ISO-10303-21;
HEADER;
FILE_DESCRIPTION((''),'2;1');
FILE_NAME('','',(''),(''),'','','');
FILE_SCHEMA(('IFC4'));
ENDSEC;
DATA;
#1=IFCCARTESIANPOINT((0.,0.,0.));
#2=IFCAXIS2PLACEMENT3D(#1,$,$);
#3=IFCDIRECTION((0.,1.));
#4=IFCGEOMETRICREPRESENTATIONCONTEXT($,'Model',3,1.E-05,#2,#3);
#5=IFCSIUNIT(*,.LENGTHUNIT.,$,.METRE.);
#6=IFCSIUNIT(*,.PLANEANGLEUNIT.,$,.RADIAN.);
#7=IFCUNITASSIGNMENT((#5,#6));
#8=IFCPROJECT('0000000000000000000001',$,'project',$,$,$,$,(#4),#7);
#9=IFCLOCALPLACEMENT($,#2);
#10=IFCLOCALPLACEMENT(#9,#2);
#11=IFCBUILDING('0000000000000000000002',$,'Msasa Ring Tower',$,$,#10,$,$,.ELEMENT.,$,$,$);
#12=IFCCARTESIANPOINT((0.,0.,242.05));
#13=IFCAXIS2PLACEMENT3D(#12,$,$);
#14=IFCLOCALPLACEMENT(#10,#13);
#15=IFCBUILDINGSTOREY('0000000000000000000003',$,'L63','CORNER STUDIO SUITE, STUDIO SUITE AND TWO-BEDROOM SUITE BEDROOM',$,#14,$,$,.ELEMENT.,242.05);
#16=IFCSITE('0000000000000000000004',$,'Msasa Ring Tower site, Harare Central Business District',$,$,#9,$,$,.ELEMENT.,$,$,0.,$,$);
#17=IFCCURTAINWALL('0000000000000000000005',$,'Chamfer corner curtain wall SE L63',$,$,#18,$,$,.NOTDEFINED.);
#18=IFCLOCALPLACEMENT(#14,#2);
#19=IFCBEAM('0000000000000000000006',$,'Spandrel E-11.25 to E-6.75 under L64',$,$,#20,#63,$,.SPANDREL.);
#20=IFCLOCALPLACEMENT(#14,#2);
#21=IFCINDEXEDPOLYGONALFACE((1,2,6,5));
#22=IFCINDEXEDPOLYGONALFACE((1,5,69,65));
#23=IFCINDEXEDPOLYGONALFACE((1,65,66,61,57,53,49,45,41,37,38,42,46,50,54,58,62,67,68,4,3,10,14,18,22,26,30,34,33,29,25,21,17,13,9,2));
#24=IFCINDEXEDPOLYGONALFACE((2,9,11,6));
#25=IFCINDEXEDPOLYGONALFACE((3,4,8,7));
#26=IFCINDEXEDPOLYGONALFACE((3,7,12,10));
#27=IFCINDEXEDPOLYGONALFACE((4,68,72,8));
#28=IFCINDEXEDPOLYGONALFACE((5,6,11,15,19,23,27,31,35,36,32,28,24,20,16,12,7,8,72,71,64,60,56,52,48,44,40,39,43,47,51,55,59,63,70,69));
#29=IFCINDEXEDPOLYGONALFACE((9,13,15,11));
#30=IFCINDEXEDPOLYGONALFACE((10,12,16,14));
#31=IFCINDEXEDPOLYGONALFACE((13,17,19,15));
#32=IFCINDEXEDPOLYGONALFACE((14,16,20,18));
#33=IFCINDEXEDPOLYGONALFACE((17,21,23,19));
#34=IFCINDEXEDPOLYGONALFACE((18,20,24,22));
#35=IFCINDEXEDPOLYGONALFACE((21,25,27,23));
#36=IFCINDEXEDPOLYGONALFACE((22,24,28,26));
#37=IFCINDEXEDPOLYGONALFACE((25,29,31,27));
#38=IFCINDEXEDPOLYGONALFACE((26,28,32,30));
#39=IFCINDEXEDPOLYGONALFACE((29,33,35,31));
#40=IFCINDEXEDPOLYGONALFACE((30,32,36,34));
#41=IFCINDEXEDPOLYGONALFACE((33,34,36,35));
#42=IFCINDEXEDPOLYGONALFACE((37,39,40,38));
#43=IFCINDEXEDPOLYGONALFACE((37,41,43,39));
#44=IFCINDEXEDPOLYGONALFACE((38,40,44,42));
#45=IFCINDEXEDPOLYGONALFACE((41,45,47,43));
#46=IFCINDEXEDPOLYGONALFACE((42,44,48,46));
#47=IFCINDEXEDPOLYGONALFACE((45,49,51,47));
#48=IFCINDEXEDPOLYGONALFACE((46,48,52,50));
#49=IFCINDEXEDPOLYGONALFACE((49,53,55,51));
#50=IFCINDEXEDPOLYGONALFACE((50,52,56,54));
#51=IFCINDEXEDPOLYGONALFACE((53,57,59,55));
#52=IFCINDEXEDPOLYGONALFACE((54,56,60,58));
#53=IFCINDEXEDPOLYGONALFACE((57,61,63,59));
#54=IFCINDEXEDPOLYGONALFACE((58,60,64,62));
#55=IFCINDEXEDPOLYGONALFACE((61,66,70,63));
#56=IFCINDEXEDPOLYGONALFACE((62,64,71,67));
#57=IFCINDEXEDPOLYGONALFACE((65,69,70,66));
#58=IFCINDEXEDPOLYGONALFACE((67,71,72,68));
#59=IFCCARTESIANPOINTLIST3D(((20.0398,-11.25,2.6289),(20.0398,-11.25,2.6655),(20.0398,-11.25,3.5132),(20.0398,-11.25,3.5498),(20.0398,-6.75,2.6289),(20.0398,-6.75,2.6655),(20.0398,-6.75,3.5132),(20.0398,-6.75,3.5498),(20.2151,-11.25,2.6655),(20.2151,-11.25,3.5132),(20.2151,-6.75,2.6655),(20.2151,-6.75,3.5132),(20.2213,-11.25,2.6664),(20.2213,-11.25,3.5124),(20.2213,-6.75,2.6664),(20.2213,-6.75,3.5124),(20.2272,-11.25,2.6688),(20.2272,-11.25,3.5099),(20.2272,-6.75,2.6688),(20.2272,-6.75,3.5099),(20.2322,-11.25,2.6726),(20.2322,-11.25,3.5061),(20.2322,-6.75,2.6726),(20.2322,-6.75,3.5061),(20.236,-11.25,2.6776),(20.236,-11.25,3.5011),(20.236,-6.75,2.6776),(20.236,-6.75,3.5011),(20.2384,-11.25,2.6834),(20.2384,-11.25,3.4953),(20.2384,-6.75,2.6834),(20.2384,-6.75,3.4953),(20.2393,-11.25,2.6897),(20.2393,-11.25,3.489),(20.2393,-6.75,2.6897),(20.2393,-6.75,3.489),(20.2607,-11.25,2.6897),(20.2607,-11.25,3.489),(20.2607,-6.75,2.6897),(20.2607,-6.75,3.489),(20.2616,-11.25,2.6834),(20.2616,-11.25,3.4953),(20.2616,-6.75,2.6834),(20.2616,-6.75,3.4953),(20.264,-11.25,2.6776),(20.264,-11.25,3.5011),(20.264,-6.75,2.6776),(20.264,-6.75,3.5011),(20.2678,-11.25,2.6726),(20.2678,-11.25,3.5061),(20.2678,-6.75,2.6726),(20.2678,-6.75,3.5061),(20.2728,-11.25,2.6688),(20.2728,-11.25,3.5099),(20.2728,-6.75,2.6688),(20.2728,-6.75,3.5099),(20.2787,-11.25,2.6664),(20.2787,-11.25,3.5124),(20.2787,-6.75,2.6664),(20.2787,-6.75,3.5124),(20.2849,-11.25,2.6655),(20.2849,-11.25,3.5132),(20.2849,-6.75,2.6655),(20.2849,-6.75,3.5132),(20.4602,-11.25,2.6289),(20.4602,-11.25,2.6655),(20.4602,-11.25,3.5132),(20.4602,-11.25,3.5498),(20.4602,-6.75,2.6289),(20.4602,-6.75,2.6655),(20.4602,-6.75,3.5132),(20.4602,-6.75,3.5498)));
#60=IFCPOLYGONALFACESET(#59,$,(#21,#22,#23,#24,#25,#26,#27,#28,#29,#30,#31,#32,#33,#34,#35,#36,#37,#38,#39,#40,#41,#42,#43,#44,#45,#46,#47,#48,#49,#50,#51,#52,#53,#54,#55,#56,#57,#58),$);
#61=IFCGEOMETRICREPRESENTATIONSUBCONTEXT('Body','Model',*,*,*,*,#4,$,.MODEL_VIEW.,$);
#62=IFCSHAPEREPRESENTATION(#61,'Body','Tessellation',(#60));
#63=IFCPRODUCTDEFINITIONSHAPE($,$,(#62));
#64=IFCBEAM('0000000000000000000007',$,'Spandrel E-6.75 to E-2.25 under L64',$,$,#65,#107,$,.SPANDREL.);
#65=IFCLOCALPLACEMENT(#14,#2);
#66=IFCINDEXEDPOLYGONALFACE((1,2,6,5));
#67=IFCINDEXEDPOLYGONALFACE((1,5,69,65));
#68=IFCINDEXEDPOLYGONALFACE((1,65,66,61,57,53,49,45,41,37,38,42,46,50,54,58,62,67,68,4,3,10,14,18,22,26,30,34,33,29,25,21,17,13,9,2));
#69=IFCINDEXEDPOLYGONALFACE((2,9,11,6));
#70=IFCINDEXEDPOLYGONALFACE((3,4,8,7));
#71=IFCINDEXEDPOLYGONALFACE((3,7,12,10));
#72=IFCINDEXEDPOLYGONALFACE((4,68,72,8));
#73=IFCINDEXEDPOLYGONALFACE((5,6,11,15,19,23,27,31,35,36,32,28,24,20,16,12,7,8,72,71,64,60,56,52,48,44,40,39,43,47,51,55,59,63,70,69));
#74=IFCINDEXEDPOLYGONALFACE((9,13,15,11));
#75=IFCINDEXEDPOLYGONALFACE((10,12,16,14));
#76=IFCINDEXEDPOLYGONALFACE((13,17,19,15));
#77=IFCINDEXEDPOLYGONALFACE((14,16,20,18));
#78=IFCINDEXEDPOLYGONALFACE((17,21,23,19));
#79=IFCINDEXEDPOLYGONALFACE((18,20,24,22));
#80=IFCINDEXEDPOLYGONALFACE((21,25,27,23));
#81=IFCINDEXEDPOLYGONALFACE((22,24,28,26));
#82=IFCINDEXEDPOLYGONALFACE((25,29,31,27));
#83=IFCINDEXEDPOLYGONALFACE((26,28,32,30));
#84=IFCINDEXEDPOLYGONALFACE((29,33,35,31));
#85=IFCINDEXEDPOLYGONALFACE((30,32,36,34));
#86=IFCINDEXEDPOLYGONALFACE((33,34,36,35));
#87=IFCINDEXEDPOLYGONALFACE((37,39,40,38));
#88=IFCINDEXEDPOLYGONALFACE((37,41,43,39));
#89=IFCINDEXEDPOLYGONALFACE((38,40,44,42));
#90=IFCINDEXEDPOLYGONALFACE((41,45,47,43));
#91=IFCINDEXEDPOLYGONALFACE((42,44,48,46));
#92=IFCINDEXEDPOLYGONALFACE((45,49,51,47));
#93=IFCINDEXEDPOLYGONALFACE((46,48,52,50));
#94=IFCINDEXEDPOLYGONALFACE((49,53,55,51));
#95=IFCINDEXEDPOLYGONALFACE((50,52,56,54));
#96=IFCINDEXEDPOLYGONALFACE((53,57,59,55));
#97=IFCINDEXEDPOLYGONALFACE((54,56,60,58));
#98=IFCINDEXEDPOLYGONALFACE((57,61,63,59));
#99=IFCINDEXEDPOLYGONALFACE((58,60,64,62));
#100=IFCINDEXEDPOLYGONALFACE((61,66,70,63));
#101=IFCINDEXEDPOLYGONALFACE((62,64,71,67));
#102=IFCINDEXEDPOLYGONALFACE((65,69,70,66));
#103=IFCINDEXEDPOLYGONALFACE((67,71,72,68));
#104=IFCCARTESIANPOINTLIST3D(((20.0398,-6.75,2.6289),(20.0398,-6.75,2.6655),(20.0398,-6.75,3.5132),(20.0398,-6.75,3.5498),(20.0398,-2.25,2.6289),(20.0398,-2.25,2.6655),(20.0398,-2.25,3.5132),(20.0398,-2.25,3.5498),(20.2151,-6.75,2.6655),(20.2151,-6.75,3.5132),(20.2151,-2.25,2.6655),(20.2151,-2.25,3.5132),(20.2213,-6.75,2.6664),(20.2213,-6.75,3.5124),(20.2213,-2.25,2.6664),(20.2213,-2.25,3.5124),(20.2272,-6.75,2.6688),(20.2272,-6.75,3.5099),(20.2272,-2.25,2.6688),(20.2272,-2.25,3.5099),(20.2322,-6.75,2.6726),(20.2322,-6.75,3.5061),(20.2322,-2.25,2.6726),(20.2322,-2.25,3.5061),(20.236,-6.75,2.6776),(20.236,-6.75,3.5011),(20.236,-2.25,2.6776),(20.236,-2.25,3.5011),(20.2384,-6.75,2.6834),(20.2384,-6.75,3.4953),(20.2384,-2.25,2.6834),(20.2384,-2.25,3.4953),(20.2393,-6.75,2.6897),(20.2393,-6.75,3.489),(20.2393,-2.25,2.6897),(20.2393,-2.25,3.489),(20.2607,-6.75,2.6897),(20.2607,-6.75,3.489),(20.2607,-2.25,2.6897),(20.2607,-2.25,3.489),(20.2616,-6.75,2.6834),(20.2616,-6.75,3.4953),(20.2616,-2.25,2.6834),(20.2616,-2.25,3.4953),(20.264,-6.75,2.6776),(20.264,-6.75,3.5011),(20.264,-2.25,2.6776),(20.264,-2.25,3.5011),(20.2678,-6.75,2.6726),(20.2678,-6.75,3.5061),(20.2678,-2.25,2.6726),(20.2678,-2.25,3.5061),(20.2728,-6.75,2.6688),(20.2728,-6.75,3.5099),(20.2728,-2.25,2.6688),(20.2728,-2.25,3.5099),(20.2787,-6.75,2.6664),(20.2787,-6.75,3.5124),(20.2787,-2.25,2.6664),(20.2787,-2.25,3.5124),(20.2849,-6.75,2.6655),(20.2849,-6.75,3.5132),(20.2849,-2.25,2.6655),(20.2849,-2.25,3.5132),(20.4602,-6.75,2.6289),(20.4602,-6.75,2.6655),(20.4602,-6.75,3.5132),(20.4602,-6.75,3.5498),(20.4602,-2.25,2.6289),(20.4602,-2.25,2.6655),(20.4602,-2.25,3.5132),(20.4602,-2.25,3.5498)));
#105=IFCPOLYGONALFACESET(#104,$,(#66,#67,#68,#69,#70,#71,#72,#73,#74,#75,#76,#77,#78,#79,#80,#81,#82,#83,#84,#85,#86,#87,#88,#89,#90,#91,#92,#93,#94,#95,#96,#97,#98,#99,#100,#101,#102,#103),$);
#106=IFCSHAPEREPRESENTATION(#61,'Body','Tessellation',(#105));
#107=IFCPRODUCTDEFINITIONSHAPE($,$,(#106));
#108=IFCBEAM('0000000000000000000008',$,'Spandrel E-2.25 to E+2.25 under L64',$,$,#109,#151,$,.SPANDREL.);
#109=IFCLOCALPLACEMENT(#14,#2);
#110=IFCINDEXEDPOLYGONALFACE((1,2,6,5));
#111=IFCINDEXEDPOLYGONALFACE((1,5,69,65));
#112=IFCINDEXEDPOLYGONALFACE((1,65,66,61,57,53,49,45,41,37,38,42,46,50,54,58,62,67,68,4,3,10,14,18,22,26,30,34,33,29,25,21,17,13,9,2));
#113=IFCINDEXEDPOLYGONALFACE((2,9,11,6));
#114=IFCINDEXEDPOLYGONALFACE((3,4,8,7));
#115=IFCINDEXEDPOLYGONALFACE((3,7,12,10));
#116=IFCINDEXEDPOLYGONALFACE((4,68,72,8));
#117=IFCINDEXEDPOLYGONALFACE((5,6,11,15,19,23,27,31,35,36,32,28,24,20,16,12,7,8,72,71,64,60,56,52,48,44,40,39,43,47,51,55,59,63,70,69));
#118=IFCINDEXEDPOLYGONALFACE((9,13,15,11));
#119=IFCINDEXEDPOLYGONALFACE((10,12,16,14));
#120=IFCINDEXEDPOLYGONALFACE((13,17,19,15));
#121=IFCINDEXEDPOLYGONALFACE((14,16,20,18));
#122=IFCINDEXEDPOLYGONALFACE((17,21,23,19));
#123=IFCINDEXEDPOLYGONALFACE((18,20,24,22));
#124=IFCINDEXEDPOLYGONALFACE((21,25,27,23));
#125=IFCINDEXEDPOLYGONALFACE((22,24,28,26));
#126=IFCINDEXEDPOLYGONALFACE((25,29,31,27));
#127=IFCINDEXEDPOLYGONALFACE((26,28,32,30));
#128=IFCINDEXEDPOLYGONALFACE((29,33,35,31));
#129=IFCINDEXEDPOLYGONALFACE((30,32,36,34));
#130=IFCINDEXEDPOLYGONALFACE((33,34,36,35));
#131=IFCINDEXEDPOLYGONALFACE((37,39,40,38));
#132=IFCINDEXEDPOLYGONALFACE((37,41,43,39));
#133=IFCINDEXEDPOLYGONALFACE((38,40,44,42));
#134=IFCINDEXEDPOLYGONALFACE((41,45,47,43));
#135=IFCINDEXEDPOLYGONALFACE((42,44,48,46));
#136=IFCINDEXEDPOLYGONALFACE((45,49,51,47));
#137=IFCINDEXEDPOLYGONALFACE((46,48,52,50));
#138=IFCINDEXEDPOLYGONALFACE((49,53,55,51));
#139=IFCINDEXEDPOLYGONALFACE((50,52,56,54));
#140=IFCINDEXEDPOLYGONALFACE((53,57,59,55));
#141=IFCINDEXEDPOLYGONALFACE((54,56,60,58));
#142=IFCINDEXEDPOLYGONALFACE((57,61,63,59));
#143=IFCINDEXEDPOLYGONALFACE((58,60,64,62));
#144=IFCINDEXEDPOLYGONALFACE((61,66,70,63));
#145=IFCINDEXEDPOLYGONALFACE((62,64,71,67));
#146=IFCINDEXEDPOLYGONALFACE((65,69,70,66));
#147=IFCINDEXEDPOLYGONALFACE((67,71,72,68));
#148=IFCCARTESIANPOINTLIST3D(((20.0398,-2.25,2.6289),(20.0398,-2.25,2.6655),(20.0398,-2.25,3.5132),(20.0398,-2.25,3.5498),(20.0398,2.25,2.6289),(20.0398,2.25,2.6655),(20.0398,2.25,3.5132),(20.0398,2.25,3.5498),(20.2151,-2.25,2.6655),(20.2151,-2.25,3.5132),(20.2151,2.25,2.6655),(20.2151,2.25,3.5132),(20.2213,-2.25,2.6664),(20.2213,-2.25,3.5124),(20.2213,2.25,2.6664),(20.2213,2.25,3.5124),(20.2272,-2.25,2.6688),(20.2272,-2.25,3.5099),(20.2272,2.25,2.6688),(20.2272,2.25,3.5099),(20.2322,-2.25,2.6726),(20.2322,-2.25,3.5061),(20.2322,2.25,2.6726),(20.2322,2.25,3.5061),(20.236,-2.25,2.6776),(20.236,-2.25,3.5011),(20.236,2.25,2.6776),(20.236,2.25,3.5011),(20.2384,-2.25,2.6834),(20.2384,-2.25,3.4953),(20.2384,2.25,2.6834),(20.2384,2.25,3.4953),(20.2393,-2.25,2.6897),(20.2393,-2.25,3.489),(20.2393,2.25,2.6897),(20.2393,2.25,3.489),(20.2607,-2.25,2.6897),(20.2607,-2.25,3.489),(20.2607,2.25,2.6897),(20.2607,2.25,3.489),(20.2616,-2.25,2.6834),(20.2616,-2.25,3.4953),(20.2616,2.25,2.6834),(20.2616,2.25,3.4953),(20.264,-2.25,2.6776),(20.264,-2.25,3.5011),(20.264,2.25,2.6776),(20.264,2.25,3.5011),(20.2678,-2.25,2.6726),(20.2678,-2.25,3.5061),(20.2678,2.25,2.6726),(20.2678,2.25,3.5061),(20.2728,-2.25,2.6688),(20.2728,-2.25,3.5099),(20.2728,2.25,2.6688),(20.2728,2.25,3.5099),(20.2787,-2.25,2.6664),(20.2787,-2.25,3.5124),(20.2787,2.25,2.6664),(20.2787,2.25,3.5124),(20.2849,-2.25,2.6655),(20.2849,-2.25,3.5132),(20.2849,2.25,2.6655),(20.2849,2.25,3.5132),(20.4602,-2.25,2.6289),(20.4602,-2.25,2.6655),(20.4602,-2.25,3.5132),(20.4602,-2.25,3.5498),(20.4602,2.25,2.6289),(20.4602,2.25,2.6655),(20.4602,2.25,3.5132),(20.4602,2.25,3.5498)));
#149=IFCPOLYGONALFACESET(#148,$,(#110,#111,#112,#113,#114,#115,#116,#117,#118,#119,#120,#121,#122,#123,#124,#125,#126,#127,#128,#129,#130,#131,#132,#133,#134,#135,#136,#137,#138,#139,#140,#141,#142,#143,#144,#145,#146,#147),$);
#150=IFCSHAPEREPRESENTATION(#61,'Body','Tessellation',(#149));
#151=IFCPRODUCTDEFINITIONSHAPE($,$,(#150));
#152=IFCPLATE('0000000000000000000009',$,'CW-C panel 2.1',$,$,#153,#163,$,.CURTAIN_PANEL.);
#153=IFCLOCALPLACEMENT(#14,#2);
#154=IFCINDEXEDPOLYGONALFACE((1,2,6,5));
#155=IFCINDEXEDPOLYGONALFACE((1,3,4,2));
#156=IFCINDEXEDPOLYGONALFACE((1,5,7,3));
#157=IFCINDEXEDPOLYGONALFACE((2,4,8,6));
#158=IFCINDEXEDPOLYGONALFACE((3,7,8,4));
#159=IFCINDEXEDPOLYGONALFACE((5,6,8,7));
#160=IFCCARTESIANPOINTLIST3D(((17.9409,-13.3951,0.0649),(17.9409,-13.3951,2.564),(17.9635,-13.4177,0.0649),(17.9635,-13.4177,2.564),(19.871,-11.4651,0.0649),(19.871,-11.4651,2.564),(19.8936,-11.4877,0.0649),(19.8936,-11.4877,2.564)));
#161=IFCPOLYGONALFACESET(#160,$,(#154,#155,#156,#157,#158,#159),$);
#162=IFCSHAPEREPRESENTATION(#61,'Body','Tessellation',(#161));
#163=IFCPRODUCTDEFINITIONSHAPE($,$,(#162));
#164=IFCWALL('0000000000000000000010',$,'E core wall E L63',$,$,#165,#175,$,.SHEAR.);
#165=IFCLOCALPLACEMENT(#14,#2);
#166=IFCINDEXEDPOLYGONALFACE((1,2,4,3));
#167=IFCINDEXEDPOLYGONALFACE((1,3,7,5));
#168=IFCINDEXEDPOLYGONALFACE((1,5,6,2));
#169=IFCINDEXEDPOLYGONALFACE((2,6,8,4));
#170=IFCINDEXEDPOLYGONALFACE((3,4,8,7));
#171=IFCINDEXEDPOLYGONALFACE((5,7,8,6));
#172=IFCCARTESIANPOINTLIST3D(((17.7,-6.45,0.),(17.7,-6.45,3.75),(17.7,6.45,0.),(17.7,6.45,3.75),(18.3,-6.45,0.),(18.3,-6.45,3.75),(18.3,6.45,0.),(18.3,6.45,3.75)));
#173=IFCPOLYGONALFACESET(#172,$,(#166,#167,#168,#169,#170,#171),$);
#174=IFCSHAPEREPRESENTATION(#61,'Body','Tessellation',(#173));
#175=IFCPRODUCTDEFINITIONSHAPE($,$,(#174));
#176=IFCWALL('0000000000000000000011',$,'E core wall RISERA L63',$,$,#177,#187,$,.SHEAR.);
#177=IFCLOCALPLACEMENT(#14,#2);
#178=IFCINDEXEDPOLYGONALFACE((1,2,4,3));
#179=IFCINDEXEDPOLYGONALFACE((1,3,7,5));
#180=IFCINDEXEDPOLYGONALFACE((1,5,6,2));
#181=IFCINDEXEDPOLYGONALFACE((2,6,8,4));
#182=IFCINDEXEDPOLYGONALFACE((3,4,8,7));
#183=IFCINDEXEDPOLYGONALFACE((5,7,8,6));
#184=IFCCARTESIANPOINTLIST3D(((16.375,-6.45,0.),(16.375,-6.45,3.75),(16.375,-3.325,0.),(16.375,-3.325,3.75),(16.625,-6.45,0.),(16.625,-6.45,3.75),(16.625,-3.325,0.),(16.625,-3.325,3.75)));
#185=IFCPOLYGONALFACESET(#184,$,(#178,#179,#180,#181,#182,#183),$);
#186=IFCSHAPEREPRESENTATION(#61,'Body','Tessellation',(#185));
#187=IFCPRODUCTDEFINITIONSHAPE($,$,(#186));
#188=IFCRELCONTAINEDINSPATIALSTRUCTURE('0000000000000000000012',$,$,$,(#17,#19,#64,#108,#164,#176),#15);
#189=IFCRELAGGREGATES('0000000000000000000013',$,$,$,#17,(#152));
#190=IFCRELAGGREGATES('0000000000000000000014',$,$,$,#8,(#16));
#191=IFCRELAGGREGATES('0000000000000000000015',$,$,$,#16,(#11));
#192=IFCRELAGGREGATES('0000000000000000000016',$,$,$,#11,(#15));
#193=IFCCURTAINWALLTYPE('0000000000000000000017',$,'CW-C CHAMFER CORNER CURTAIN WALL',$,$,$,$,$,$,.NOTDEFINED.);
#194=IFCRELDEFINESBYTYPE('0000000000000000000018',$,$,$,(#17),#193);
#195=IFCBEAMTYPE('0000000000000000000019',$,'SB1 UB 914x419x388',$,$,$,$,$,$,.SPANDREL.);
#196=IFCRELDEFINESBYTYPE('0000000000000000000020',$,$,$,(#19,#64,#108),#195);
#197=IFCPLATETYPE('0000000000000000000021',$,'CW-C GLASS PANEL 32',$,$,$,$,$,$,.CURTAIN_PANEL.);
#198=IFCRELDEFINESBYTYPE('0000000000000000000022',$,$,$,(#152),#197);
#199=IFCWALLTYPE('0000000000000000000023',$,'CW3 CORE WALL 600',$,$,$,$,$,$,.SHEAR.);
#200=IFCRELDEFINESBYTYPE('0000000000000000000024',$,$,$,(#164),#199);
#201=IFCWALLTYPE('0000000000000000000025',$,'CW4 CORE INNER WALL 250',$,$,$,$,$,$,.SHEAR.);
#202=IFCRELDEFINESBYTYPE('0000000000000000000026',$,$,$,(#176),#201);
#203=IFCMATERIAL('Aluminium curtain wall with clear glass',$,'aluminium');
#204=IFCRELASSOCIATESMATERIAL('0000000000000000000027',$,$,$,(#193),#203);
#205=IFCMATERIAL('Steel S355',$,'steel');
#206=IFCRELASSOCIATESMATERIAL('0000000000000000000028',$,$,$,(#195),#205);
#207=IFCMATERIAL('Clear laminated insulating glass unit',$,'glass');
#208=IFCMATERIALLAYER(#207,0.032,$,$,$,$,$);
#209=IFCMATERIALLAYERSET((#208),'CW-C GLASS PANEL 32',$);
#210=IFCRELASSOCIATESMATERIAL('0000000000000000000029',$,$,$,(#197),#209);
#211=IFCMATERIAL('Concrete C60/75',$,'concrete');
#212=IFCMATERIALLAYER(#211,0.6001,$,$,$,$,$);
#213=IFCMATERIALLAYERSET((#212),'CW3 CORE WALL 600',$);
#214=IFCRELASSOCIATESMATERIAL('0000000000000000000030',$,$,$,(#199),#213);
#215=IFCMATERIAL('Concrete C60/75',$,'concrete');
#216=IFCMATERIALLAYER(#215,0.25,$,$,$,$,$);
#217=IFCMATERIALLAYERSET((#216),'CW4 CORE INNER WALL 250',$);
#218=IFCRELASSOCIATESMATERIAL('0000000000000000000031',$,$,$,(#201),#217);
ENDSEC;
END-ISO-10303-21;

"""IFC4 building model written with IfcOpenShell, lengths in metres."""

from ifc_helpers import new_model, si_unit, direction, frame, frame_2d, origin, origin_2d, place, context, subcontext, project, spatial, rectangle, i_section, extrude, material, layer, layer_set, material_profile, profile_set, type_object, element, aggregate, save


model = new_model("IFC4")

# Units and contexts
model_context = context("Model", 3, precision=1e-05, world=origin(), true_north=direction((0.0, 1.0)))
body_context = subcontext(model_context, "Body", "Model", "MODEL_VIEW")
ifc_project = project(units=[si_unit("LENGTHUNIT", "METRE"), si_unit("PLANEANGLEUNIT", "RADIAN")], contexts=[model_context])

# Site, building, storey
site_placement = place(None, origin())
site = spatial("IfcSite", under=ifc_project, at=site_placement, Name="Msasa Ring Tower site, Harare Central Business District", CompositionType="ELEMENT", RefElevation=0.0)
building_placement = place(site_placement, origin())
building = spatial("IfcBuilding", under=site, at=building_placement, Name="Msasa Ring Tower", CompositionType="ELEMENT")
storey_placement = place(building_placement, frame((0.0, 0.0, 242.05)))
storey = spatial("IfcBuildingStorey", under=building, at=storey_placement, Name="L63", Description="CORNER STUDIO SUITE, STUDIO SUITE AND TWO-BEDROOM SUITE BEDROOM", CompositionType="ELEMENT", Elevation=242.05)

# Curtain wall
ifc_material_1 = material(Name="Aluminium curtain wall with clear glass", Category="aluminium")
curtain_wall_type = type_object("IfcCurtainWallType", Name="CW-C CHAMFER CORNER CURTAIN WALL", PredefinedType="NOTDEFINED", material=ifc_material_1)
curtain_wall_placement = place(storey_placement, origin())
curtain_wall = element("IfcCurtainWall", 1, at=curtain_wall_placement, inside=storey, type_object=curtain_wall_type, Name="Chamfer corner curtain wall SE L63", PredefinedType="NOTDEFINED")

# Beams
ifc_material_2 = material(Name="Steel S355", Category="steel")
ifc_material_profile_1 = material_profile(ifc_material_2, i_section(OverallWidth=0.4204, OverallDepth=0.9209, WebThickness=0.0215, FlangeThickness=0.0366, FilletRadius=0.0242, at=origin_2d()), Name="UB 914x419x388")
ifc_profile_set_1 = profile_set([ifc_material_profile_1], Name="Steel S355")
beam_type_1 = type_object("IfcBeamType", Name="SB1 UB 914x419x388", PredefinedType="SPANDREL", material=ifc_profile_set_1)
for number, where, z_axis, x_axis, name in (
    (2, (20.25, -11.25, 3.0894), (0.0, 1.0, 0.0), (-1.0, 0.0, 0.0), "Spandrel E-11.25 to E-6.75 under L64"),
    (3, (20.25, -6.75, 3.0894), (0.0, 1.0, 0.0), (-1.0, 0.0, 0.0), "Spandrel E-6.75 to E-2.25 under L64"),
    (4, (20.25, -2.25, 3.0894), (0.0, 1.0, 0.0), (-1.0, 0.0, 0.0), "Spandrel E-2.25 to E+2.25 under L64"),
):
    element("IfcBeam", number, at=place(storey_placement, frame(where, z_axis=z_axis, x_axis=x_axis)), inside=storey, type_object=beam_type_1, Name=name, PredefinedType="SPANDREL", context=body_context, shape_type="SweptSolid", body=[
        extrude(i_section(OverallWidth=0.4204, OverallDepth=0.9209, WebThickness=0.0215, FlangeThickness=0.0366, FilletRadius=0.0242, at=origin_2d()), origin(), (0.0, 0.0, 1.0), 4.5),
    ])

# Plate
ifc_material_3 = material(Name="Clear laminated insulating glass unit", Category="glass")
ifc_layer_1 = layer(ifc_material_3, 0.032)
ifc_layer_set_1 = layer_set([ifc_layer_1], Name="CW-C GLASS PANEL 32")
plate_type = type_object("IfcPlateType", Name="CW-C GLASS PANEL 32", PredefinedType="CURTAIN_PANEL", material=ifc_layer_set_1)
plate_placement = place(storey_placement, frame((18.9172, -12.4414, 0.0649), z_axis=(0.0, 0.0, 1.0), x_axis=(0.707107, 0.707107, 0.0)))
plate = element("IfcPlate", 5, at=plate_placement, type_object=plate_type, Name="CW-C panel 2.1", PredefinedType="CURTAIN_PANEL", context=body_context, shape_type="SweptSolid", body=[
    extrude(rectangle(XDim=2.7295, YDim=0.032, at=origin_2d()), origin(), (0.0, 0.0, 1.0), 2.499),
])
aggregate(curtain_wall, [plate])

# Walls
ifc_material_4 = material(Name="Concrete C60/75", Category="concrete")
ifc_layer_2 = layer(ifc_material_4, 0.6001)
ifc_layer_set_2 = layer_set([ifc_layer_2], Name="CW3 CORE WALL 600")
wall_type_1 = type_object("IfcWallType", Name="CW3 CORE WALL 600", PredefinedType="SHEAR", material=ifc_layer_set_2)
wall_1_placement = place(storey_placement, frame((18.0, -6.45, 0.0), z_axis=(0.0, 0.0, 1.0), x_axis=(0.0, 1.0, 0.0)))
element("IfcWall", 6, at=wall_1_placement, inside=storey, type_object=wall_type_1, Name="E core wall E L63", PredefinedType="SHEAR", context=body_context, shape_type="SweptSolid", body=[
    extrude(rectangle(XDim=12.8999, YDim=0.6001, at=frame_2d((6.45, 0.0))), origin(), (0.0, 0.0, 1.0), 3.75),
])
ifc_material_5 = material(Name="Concrete C60/75", Category="concrete")
ifc_layer_3 = layer(ifc_material_5, 0.25)
ifc_layer_set_3 = layer_set([ifc_layer_3], Name="CW4 CORE INNER WALL 250")
wall_type_2 = type_object("IfcWallType", Name="CW4 CORE INNER WALL 250", PredefinedType="SHEAR", material=ifc_layer_set_3)
wall_2_placement = place(storey_placement, frame((16.5, -6.45, 0.0), z_axis=(0.0, 0.0, 1.0), x_axis=(0.0, 1.0, 0.0)))
element("IfcWall", 7, at=wall_2_placement, inside=storey, type_object=wall_type_2, Name="E core wall RISERA L63", PredefinedType="SHEAR", context=body_context, shape_type="SweptSolid", body=[
    extrude(rectangle(XDim=3.125, YDim=0.25, at=frame_2d((1.5625, 0.0))), origin(), (0.0, 0.0, 1.0), 3.75),
])

save(model, "model.ifc")
